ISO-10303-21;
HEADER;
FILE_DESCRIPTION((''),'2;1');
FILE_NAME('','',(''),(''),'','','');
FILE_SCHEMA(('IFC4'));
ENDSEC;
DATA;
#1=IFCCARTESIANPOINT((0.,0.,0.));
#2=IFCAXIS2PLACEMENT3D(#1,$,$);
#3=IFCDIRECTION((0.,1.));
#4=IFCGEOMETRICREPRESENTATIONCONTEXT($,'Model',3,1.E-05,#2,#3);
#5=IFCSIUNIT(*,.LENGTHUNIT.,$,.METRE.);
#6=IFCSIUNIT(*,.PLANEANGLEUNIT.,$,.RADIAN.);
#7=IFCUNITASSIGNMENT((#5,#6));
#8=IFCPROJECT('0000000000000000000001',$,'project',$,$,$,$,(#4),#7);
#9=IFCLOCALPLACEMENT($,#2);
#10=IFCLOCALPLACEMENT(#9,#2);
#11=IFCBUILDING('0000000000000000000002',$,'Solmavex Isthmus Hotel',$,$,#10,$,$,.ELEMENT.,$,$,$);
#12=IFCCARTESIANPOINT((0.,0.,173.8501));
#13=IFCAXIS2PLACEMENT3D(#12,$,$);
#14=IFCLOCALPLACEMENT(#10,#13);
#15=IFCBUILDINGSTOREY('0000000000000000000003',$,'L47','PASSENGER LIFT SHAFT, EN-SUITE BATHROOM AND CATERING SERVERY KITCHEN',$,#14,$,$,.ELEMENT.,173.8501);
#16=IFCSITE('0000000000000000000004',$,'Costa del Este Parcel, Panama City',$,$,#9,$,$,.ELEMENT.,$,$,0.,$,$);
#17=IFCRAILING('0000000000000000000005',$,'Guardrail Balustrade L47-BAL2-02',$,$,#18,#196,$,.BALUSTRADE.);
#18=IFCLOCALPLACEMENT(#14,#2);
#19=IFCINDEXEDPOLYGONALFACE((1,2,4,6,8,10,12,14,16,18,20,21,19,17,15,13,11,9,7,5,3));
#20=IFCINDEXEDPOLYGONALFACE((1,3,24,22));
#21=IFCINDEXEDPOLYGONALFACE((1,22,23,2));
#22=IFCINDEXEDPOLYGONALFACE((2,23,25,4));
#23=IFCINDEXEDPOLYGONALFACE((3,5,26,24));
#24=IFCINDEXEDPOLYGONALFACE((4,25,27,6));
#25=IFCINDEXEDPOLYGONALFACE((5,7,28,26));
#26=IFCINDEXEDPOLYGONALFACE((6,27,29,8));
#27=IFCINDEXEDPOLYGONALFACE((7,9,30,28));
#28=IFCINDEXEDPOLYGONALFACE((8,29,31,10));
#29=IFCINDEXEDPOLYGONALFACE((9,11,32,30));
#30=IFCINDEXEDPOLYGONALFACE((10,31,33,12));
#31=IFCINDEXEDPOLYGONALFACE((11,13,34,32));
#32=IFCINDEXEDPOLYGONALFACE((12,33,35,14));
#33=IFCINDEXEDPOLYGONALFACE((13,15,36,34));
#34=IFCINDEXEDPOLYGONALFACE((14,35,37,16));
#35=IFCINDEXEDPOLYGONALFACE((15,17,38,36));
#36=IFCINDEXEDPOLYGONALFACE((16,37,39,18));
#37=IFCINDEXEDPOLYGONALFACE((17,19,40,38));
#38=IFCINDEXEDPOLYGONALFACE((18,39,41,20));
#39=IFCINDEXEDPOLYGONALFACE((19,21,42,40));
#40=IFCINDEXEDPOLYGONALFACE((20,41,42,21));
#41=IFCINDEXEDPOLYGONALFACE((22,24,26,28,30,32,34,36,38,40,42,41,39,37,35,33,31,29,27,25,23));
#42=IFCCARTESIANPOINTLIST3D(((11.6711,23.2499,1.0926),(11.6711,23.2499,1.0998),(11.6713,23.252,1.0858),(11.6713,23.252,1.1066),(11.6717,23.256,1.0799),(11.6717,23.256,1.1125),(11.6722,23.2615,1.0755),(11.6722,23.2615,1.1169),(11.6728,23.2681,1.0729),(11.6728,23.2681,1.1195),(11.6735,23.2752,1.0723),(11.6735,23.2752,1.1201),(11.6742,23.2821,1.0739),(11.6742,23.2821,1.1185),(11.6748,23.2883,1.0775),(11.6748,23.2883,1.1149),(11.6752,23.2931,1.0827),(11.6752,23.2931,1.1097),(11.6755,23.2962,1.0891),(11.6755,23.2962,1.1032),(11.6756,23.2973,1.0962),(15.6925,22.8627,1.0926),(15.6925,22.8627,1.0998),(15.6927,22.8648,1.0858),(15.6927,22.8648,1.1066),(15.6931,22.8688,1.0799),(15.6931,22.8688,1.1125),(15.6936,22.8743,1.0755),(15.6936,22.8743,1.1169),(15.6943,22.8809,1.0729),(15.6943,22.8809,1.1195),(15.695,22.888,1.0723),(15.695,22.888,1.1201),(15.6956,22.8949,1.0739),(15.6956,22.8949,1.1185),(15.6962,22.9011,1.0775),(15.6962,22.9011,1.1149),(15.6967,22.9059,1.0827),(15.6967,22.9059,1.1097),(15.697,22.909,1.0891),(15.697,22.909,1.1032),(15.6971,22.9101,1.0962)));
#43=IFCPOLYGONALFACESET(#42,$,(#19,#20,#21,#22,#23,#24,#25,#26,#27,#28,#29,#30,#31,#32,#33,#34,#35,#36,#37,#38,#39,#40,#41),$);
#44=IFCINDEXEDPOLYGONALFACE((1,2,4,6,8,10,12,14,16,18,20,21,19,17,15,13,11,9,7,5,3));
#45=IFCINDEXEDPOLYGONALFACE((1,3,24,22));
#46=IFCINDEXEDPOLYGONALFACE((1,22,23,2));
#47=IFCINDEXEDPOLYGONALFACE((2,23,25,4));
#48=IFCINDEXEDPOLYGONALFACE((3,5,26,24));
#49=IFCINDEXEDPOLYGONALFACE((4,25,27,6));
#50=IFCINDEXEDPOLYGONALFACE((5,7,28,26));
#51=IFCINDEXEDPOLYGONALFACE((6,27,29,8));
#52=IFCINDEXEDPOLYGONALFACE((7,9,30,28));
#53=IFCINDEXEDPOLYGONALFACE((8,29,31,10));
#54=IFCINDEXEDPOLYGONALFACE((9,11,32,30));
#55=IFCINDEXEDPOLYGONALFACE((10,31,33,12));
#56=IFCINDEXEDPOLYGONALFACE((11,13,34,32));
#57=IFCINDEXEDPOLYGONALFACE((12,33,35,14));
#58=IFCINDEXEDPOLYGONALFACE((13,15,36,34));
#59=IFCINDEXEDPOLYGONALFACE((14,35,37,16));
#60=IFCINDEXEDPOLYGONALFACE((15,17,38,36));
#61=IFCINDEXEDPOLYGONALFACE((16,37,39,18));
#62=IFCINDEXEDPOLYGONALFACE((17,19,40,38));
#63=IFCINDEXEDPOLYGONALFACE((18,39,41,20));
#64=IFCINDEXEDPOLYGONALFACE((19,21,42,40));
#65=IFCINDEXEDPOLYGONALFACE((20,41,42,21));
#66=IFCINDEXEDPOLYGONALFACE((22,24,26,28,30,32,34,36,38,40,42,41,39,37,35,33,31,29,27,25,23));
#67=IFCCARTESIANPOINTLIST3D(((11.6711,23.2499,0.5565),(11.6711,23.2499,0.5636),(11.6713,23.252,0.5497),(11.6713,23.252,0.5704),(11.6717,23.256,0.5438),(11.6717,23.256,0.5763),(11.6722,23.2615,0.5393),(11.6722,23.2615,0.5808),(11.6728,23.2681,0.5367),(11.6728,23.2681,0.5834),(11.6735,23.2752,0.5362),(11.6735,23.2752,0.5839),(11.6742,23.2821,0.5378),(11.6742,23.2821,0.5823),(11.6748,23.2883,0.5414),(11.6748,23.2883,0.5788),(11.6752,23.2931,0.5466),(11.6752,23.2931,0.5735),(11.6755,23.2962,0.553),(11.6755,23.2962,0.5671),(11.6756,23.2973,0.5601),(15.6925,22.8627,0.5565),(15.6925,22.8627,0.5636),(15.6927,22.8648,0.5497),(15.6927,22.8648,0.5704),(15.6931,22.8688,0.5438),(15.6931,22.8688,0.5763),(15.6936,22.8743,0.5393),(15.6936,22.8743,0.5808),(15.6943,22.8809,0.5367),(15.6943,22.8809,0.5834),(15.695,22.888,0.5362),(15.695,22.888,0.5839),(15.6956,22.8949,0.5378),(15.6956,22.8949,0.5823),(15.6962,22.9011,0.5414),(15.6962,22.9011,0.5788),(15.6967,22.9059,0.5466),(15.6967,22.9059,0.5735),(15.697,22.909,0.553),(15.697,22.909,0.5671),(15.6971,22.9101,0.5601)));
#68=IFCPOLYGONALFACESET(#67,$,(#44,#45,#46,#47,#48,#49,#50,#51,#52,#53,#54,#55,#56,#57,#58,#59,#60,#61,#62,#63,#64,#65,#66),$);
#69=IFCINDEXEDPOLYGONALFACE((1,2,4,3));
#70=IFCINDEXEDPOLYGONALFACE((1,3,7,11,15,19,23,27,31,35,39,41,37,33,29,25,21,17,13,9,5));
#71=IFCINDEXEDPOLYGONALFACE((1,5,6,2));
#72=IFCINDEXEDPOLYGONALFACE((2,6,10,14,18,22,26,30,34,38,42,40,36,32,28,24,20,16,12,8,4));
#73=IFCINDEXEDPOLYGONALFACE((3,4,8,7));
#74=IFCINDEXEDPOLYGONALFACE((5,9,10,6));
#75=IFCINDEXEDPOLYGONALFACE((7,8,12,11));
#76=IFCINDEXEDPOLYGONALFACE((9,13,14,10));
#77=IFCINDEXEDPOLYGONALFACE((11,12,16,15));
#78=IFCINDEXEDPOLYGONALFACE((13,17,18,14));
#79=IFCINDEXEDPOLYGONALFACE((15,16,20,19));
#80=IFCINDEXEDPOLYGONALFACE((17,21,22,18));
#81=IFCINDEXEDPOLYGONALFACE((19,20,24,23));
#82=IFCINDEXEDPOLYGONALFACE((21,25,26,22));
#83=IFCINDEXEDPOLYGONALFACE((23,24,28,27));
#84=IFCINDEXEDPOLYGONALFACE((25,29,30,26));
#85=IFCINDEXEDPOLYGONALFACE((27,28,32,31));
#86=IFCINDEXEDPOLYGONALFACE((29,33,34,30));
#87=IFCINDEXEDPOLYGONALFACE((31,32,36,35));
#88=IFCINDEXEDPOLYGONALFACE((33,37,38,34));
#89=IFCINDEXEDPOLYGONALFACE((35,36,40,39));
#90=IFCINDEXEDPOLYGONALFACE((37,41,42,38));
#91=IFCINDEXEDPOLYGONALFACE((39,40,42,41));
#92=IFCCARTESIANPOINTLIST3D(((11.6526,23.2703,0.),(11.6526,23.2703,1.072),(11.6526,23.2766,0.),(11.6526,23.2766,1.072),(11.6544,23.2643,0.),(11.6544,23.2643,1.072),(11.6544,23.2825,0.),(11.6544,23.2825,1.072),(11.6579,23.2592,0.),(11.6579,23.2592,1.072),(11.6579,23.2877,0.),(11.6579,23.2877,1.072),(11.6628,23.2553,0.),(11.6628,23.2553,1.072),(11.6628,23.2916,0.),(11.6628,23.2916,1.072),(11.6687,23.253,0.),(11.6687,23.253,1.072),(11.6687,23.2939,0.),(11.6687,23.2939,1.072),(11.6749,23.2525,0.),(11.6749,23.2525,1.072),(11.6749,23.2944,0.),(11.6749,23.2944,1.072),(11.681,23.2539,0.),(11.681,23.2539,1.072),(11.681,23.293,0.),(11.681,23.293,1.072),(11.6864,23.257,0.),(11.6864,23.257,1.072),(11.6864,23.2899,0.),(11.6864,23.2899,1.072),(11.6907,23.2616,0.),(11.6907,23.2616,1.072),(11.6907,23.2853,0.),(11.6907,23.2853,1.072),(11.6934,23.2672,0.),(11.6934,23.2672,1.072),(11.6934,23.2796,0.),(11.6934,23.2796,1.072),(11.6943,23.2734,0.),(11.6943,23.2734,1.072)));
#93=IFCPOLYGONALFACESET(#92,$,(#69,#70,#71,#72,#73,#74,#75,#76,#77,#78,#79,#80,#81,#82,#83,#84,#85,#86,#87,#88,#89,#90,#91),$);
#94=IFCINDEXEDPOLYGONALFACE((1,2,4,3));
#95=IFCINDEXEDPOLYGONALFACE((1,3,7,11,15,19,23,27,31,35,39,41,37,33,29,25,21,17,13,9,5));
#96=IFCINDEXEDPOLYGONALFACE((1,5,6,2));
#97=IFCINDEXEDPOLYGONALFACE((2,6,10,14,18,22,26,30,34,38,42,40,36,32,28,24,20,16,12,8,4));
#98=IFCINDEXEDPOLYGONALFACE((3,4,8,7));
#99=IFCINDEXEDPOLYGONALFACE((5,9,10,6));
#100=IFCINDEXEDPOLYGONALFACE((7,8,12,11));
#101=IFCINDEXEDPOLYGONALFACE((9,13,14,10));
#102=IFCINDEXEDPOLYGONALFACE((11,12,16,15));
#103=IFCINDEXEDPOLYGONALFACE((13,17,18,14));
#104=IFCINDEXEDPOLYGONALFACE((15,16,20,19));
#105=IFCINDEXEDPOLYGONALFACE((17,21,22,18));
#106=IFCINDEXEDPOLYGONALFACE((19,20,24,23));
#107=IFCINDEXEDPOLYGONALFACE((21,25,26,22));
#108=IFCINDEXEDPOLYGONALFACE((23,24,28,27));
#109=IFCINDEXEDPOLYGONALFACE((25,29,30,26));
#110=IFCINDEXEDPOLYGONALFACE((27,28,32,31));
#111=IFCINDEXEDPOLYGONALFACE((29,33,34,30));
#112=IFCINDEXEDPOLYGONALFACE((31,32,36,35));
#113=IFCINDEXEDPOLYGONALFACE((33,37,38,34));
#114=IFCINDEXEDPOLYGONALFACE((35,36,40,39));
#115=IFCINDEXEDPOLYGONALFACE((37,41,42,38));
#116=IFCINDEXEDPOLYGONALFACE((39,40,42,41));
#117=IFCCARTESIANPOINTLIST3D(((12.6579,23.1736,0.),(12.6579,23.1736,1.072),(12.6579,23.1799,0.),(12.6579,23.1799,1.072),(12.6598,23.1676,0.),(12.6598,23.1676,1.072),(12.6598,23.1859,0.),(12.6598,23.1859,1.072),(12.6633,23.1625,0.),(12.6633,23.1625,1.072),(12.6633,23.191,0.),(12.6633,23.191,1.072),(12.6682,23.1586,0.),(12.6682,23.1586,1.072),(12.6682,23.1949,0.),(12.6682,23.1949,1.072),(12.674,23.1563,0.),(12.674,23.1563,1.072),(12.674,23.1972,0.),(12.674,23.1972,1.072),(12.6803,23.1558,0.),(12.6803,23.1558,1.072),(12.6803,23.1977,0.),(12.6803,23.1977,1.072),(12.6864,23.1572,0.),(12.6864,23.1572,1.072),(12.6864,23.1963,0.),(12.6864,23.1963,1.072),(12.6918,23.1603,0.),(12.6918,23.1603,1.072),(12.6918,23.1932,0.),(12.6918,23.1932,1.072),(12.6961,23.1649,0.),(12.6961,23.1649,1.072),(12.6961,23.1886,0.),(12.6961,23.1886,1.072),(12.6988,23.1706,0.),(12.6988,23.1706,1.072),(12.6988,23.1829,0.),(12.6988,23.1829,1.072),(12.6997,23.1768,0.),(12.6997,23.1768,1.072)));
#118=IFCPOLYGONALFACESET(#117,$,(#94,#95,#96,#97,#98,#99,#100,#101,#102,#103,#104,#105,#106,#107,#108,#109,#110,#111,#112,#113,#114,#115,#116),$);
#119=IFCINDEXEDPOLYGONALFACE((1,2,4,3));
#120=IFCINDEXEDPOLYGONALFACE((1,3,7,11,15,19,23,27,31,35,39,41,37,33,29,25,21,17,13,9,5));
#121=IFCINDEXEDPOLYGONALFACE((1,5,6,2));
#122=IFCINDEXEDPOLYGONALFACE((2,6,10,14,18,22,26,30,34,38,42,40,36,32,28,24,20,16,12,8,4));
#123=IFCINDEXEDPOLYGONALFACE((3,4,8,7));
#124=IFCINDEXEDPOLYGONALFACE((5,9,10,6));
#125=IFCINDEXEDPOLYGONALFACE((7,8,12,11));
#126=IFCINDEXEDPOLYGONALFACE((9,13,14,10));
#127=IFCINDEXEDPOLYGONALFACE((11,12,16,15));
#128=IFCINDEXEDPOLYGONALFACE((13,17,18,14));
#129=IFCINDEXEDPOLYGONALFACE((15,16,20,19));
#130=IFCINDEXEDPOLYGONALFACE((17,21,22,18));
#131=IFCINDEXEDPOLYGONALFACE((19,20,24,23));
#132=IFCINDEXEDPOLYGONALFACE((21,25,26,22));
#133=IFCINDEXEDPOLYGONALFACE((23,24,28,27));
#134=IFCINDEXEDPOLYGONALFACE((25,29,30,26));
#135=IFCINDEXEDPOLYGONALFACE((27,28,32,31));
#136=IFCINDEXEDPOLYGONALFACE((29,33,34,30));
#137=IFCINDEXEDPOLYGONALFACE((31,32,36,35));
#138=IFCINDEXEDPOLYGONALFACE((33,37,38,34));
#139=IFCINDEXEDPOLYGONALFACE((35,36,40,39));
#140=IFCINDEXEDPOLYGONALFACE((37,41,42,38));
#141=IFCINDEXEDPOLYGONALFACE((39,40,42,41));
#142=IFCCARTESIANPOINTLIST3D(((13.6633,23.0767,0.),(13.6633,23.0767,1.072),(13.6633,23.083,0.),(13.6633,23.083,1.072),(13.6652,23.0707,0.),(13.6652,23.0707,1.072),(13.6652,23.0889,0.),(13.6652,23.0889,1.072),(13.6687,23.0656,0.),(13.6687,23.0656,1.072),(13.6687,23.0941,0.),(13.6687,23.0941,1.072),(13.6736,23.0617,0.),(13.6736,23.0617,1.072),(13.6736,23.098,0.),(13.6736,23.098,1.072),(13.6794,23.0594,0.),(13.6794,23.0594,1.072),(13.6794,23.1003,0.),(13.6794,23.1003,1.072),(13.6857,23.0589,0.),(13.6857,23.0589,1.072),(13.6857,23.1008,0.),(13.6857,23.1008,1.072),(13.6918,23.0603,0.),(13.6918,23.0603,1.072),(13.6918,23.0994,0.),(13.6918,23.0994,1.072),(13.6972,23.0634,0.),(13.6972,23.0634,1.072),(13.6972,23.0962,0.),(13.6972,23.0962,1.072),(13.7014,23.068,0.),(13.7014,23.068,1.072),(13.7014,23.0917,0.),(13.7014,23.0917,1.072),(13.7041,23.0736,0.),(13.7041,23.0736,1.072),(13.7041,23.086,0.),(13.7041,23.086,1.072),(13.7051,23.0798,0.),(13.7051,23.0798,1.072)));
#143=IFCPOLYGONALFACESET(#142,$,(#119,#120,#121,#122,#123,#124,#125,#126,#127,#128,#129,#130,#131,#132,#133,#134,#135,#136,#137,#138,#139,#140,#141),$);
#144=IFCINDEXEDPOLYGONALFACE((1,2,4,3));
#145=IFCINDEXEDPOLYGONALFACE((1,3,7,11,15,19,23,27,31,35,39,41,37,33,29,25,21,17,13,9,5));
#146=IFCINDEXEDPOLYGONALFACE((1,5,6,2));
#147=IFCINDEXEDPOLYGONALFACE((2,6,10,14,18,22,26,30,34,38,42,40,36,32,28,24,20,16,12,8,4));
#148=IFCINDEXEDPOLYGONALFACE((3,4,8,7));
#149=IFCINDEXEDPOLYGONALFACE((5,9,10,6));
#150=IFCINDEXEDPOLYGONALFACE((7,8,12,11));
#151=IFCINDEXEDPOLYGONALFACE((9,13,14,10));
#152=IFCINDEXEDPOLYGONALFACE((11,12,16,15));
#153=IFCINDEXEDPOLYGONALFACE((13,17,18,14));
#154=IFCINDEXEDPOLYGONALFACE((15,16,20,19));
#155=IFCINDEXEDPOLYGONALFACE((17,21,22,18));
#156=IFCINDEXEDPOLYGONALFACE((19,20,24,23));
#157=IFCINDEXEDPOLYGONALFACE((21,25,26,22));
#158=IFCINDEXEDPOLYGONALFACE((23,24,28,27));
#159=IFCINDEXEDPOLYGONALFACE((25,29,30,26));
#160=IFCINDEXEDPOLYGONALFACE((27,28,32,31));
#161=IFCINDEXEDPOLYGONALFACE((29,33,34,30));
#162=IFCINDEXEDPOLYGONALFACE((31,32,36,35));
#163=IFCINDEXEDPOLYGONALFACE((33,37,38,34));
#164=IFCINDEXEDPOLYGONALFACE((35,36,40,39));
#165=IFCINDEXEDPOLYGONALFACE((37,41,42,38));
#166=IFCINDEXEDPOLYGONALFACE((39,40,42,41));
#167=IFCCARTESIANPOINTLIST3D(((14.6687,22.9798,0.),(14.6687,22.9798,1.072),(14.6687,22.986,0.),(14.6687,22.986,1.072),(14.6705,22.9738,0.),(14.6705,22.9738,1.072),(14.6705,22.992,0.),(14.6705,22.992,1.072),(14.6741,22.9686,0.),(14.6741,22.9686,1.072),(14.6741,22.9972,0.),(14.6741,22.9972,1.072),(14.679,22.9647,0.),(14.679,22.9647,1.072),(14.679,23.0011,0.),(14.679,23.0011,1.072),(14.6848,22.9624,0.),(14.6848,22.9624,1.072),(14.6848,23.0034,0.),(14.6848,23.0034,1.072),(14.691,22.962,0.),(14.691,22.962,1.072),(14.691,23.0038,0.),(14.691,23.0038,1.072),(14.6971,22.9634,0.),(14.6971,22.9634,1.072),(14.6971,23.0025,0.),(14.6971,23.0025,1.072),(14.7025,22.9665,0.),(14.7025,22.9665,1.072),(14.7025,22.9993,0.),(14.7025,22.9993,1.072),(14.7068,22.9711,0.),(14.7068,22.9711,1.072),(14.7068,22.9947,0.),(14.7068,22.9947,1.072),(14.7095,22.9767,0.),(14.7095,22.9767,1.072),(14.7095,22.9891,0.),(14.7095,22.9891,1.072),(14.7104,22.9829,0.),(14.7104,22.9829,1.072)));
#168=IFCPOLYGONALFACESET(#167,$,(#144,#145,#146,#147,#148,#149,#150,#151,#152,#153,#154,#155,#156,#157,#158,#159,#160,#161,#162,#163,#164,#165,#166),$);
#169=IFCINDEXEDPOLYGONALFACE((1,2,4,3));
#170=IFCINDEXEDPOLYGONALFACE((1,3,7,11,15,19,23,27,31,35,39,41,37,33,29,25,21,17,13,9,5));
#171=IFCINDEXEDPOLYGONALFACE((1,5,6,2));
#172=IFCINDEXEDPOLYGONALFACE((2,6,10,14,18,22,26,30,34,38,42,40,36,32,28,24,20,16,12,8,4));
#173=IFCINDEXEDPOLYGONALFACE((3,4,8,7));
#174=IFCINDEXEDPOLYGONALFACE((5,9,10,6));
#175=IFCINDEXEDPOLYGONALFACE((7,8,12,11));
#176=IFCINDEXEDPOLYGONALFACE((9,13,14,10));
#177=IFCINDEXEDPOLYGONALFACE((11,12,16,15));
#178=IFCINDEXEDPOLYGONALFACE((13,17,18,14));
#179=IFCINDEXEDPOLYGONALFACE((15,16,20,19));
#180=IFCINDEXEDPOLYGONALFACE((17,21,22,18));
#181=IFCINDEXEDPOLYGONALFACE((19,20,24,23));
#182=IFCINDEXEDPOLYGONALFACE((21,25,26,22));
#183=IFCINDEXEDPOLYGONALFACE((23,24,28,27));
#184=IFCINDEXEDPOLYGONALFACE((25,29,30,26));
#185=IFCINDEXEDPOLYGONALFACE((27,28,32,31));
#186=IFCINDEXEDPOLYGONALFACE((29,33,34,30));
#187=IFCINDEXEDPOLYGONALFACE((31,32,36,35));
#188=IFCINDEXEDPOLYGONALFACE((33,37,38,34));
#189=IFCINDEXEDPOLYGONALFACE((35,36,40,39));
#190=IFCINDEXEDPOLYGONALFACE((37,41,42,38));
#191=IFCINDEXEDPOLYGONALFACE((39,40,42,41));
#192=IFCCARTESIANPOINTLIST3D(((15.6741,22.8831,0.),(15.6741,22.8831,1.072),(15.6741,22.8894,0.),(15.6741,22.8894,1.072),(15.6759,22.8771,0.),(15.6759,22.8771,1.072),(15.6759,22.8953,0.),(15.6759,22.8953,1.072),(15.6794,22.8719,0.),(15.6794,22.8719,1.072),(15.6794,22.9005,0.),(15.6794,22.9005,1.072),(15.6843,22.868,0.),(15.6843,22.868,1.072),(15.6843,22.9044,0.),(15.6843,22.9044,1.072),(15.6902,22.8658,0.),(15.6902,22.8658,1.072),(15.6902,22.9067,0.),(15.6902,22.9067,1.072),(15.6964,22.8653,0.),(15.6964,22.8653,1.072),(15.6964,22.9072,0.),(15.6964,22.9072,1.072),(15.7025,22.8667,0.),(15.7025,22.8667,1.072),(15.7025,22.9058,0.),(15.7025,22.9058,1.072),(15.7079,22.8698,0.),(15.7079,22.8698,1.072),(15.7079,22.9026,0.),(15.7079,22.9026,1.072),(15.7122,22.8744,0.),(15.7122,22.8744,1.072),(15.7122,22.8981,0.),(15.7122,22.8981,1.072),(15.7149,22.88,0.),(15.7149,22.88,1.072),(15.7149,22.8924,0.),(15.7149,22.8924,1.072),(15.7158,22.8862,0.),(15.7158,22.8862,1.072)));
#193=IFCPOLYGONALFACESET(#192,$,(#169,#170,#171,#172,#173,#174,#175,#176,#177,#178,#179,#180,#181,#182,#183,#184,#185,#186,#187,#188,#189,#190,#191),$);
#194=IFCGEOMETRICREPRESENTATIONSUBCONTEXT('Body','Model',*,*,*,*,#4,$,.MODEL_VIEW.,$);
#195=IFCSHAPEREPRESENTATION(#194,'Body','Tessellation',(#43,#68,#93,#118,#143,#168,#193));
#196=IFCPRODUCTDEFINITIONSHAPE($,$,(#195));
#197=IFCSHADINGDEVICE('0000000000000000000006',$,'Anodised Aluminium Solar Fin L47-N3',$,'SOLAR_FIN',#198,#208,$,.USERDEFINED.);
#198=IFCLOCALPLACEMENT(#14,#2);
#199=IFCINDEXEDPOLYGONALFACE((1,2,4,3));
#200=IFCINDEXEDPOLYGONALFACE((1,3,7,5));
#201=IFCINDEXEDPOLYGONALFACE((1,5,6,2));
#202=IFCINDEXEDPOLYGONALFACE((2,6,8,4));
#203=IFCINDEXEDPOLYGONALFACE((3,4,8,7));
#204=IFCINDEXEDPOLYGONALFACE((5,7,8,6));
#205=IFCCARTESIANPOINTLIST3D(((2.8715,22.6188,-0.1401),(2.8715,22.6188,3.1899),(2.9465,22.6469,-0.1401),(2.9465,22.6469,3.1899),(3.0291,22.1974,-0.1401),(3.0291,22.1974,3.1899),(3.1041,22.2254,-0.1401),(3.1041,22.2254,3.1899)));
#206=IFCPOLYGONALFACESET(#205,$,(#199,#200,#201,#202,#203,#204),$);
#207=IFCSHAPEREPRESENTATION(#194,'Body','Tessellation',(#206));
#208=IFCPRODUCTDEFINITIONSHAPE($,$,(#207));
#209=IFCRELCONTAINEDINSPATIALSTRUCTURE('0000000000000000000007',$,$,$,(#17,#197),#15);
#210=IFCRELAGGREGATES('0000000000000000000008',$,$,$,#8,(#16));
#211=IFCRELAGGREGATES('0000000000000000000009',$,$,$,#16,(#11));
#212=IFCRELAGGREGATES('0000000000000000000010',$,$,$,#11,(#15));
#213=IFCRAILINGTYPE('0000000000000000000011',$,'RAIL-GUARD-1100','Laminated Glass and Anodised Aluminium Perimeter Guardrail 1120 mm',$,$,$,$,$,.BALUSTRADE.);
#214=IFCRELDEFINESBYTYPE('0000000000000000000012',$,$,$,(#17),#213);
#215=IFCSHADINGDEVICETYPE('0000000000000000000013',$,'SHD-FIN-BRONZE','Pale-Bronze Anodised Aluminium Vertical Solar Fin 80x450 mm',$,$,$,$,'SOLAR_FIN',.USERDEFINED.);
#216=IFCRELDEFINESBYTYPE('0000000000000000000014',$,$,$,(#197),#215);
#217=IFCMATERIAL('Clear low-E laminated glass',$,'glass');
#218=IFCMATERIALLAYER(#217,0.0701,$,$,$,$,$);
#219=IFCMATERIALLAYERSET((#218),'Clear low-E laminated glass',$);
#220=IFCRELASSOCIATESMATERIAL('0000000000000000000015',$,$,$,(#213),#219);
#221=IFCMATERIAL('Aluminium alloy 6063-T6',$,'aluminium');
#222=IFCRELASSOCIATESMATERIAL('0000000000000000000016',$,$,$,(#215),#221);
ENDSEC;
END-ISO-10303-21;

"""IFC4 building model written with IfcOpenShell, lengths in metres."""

from ifc_helpers import new_model, si_unit, direction, frame, origin, origin_2d, place, context, subcontext, project, spatial, rectangle, circle, extrude, material, layer, layer_set, type_object, element, save


model = new_model("IFC4")

# Units and contexts
model_context = context("Model", 3, precision=1e-05, world=origin(), true_north=direction((0.0, 1.0)))
body_context = subcontext(model_context, "Body", "Model", "MODEL_VIEW")
ifc_project = project(units=[si_unit("LENGTHUNIT", "METRE"), si_unit("PLANEANGLEUNIT", "RADIAN")], contexts=[model_context])

# Site, building, storey
site_placement = place(None, origin())
site = spatial("IfcSite", under=ifc_project, at=site_placement, Name="Costa del Este Parcel, Panama City", CompositionType="ELEMENT", RefElevation=0.0)
building_placement = place(site_placement, origin())
building = spatial("IfcBuilding", under=site, at=building_placement, Name="Solmavex Isthmus Hotel", CompositionType="ELEMENT")
storey_placement = place(building_placement, frame((0.0, 0.0, 173.8501)))
storey = spatial("IfcBuildingStorey", under=building, at=storey_placement, Name="L47", Description="PASSENGER LIFT SHAFT, EN-SUITE BATHROOM AND CATERING SERVERY KITCHEN", CompositionType="ELEMENT", Elevation=173.8501)

# Shared definitions
ifc_material_1 = material(Name="Aluminium alloy 6063-T6", Category="aluminium")

# Shared definitions
ifc_material_2 = material(Name="Clear low-E laminated glass", Category="glass")

# Railing
ifc_layer_1 = layer(ifc_material_2, 0.0701)
ifc_layer_set_1 = layer_set([ifc_layer_1], Name="Clear low-E laminated glass")
railing_type = type_object("IfcRailingType", Name="RAIL-GUARD-1100", Description="Laminated Glass and Anodised Aluminium Perimeter Guardrail 1120 mm", PredefinedType="BALUSTRADE", material=ifc_layer_set_1)
railing_1_placement = place(storey_placement, frame((11.6733, 23.2734, 0.0)))
element("IfcRailing", 1, at=railing_1_placement, inside=storey, type_object=railing_type, Name="Guardrail Balustrade L47-BAL2-02", PredefinedType="BALUSTRADE", context=body_context, shape_type="SweptSolid", body=[
    extrude(circle(Radius=0.0239, at=origin_2d()), frame((0.0, 0.0, 1.0962), z_axis=(0.995397, -0.095841, 0.0), x_axis=(0.095841, 0.995397, 0.0)), (0.0, 0.0, 1.0), 4.04),
    extrude(circle(Radius=0.0239, at=origin_2d()), frame((0.0, 0.0, 0.5601), z_axis=(0.995397, -0.095841, 0.0), x_axis=(0.095841, 0.995397, 0.0)), (0.0, 0.0, 1.0), 4.04),
    extrude(circle(Radius=0.021, at=origin_2d()), origin(), (0.0, 0.0, 1.0), 1.072),
    extrude(circle(Radius=0.021, at=origin_2d()), frame((1.0054, -0.0967, 0.0)), (0.0, 0.0, 1.0), 1.072),
    extrude(circle(Radius=0.021, at=origin_2d()), frame((2.0107, -0.1936, 0.0)), (0.0, 0.0, 1.0), 1.072),
    extrude(circle(Radius=0.021, at=origin_2d()), frame((3.0161, -0.2905, 0.0)), (0.0, 0.0, 1.0), 1.072),
    extrude(circle(Radius=0.021, at=origin_2d()), frame((4.0215, -0.3872, 0.0)), (0.0, 0.0, 1.0), 1.072),
])

# Shading device
shading_device_type = type_object("IfcShadingDeviceType", Name="SHD-FIN-BRONZE", Description="Pale-Bronze Anodised Aluminium Vertical Solar Fin 80x450 mm", ElementType="SOLAR_FIN", PredefinedType="USERDEFINED", material=ifc_material_1)
shading_device_placement = place(storey_placement, frame((2.9878, 22.4221, -0.1401), z_axis=(0.0, 0.0, 1.0), x_axis=(-0.350207, 0.936672, 0.0)))
element("IfcShadingDevice", 2, at=shading_device_placement, inside=storey, type_object=shading_device_type, Name="Anodised Aluminium Solar Fin L47-N3", ObjectType="SOLAR_FIN", PredefinedType="USERDEFINED", context=body_context, shape_type="SweptSolid", body=[
    extrude(rectangle(XDim=0.45, YDim=0.0801, at=origin_2d()), origin(), (0.0, 0.0, 1.0), 3.3301),
])

save(model, "model.ifc")
